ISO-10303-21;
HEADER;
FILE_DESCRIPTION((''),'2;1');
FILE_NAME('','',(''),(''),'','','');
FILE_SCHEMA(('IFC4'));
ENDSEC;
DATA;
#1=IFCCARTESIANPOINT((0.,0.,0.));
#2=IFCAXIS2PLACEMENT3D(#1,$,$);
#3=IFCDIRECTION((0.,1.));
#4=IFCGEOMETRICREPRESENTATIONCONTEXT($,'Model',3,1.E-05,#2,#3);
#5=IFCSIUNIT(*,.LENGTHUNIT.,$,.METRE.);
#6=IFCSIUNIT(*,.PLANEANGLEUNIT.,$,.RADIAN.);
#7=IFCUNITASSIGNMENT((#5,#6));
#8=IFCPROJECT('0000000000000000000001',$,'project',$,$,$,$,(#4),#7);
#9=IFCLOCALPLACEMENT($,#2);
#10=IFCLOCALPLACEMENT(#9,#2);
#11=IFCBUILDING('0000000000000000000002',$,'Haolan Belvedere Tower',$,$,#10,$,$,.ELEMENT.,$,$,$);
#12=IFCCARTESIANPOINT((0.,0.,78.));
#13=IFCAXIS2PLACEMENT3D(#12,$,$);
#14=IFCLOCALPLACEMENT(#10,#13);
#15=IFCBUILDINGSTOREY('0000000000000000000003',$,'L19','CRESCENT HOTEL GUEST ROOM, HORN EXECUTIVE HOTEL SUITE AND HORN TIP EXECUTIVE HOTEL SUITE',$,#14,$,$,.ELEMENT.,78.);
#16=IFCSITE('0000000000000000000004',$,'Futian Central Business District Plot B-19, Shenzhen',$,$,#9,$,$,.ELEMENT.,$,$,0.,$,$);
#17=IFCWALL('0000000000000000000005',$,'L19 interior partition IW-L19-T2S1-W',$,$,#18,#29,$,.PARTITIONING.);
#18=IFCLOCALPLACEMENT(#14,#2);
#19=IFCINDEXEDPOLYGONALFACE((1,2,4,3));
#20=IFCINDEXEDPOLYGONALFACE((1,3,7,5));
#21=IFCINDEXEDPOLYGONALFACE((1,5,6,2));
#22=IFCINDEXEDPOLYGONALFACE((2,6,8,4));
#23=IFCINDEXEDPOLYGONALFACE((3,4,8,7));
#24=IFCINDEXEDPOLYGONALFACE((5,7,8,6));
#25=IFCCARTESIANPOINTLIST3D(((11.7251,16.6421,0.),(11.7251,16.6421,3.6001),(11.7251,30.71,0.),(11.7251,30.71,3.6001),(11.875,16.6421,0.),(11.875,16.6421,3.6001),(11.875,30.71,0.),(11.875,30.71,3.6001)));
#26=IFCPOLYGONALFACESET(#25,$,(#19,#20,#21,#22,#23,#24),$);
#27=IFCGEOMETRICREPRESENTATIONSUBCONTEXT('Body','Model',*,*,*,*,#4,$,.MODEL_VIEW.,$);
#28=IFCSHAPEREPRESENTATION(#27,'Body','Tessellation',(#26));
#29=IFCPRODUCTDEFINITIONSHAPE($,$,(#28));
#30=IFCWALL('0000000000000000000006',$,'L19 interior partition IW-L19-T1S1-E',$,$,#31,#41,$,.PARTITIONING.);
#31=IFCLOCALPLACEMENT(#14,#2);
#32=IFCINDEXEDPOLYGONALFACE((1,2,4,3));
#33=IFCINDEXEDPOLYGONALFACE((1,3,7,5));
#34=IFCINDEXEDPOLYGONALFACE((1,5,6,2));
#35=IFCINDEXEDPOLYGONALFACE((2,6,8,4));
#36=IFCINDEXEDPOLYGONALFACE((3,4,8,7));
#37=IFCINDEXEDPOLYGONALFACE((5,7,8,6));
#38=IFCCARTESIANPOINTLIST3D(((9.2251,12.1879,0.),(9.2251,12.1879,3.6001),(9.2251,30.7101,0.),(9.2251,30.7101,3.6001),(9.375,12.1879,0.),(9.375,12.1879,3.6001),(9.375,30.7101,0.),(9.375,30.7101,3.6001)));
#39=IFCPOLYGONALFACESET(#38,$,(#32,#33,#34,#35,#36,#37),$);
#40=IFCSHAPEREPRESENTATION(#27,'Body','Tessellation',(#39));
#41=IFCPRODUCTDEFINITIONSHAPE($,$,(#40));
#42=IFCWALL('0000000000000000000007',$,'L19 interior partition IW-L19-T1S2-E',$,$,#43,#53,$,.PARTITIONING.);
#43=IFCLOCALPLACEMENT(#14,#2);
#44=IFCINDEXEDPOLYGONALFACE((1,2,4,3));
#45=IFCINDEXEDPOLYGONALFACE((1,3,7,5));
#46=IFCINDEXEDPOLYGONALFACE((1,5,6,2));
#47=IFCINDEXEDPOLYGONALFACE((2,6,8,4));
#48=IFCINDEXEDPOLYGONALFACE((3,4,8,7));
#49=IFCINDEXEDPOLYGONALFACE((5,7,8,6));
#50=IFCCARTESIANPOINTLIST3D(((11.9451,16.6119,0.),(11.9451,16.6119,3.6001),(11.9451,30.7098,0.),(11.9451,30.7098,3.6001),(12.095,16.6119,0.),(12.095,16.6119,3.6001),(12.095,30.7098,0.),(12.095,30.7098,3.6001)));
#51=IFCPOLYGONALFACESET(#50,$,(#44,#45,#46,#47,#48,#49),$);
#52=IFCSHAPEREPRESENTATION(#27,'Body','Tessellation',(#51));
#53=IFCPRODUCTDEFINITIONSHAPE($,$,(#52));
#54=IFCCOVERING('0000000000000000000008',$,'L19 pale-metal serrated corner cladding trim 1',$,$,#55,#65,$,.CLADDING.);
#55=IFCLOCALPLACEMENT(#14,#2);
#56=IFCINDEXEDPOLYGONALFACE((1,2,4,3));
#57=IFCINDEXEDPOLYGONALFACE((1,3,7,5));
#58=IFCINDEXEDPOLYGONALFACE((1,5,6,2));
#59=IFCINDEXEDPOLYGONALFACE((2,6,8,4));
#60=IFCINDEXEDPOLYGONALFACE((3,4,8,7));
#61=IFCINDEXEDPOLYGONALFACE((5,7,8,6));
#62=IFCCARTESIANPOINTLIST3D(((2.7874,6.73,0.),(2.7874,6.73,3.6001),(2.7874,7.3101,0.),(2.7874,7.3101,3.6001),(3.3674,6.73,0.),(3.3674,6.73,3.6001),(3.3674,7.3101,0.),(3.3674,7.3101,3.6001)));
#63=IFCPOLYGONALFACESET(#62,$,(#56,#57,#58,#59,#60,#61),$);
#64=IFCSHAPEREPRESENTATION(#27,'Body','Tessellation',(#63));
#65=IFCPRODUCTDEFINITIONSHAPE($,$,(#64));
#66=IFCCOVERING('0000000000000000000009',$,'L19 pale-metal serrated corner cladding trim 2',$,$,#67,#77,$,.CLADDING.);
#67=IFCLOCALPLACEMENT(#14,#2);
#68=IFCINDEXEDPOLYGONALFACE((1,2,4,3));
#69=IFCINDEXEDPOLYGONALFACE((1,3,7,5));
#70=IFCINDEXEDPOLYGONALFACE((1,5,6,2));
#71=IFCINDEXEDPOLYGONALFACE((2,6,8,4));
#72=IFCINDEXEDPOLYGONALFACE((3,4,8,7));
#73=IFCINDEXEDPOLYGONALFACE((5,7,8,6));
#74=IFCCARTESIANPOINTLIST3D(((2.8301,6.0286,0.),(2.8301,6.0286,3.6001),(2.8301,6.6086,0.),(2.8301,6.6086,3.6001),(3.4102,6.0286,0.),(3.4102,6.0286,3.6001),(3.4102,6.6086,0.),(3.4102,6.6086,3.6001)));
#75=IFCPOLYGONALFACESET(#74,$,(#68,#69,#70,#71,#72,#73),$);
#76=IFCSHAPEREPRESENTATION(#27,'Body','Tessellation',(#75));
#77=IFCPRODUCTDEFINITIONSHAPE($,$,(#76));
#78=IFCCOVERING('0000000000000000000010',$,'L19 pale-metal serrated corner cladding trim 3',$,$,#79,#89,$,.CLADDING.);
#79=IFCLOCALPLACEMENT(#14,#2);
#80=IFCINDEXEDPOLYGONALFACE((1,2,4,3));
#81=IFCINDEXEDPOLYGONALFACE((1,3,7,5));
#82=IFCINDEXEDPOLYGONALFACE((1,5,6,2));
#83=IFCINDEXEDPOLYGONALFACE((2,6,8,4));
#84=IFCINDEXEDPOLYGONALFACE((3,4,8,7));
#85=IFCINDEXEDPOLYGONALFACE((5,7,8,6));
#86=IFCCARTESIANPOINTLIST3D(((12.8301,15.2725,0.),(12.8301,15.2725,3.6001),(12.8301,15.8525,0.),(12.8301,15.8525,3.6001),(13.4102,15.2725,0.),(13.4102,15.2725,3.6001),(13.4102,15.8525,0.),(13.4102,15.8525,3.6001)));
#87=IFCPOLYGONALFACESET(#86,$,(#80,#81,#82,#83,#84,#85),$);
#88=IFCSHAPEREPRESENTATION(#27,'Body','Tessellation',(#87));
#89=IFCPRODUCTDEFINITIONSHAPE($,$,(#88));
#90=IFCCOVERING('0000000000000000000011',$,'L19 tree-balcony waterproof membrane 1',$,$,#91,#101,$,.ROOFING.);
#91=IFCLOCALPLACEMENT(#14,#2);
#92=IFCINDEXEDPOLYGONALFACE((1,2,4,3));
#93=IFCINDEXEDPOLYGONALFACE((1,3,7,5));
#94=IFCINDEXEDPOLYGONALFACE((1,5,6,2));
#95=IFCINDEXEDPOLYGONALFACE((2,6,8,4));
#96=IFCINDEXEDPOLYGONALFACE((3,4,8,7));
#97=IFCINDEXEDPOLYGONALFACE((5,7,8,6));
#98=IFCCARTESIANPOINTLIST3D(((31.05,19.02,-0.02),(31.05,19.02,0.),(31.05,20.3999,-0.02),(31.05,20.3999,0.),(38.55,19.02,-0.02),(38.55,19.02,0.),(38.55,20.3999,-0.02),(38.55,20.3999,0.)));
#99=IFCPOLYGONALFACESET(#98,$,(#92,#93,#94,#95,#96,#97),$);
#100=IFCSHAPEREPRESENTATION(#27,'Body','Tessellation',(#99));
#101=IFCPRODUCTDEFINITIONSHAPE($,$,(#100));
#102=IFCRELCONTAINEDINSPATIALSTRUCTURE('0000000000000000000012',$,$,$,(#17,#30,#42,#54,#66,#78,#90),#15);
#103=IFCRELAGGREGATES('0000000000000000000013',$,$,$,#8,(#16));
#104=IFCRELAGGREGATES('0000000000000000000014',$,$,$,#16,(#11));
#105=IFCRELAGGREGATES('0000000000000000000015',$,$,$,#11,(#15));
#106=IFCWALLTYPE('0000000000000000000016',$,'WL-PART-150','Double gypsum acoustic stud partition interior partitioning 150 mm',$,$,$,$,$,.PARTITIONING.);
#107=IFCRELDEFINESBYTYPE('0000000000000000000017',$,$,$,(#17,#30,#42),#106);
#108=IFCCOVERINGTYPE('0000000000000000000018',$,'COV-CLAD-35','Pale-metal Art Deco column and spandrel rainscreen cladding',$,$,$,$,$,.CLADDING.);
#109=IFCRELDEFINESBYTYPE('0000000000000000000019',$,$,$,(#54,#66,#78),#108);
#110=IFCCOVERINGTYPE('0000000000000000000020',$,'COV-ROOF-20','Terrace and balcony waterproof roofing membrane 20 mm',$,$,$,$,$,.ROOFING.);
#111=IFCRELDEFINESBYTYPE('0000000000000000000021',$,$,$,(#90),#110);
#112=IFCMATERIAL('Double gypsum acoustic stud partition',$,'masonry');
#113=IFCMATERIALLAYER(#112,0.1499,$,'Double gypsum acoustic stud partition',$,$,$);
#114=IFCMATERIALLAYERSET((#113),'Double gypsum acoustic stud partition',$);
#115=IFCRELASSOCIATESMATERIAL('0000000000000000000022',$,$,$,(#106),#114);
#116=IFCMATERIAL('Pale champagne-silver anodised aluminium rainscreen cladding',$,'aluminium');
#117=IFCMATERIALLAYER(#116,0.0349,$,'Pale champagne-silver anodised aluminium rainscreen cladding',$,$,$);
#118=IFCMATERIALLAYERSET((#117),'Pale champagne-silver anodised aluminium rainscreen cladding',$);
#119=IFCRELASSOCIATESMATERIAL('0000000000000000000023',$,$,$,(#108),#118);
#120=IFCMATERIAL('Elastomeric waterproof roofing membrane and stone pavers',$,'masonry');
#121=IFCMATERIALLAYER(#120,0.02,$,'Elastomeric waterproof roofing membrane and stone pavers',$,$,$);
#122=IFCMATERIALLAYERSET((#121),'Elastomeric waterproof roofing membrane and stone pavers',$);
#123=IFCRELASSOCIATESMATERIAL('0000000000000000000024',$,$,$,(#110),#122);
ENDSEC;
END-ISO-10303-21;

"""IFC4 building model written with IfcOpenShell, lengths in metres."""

from ifc_helpers import new_model, si_unit, direction, frame, frame_2d, origin, origin_2d, place, context, subcontext, project, spatial, polyline, rectangle, outline, extrude, material, layer, layer_set, type_object, element, save


model = new_model("IFC4")

# Units and contexts
model_context = context("Model", 3, precision=1e-05, world=origin(), true_north=direction((0.0, 1.0)))
body_context = subcontext(model_context, "Body", "Model", "MODEL_VIEW")
ifc_project = project(units=[si_unit("LENGTHUNIT", "METRE"), si_unit("PLANEANGLEUNIT", "RADIAN")], contexts=[model_context])

# Site, building, storey
site_placement = place(None, origin())
site = spatial("IfcSite", under=ifc_project, at=site_placement, Name="Futian Central Business District Plot B-19, Shenzhen", CompositionType="ELEMENT", RefElevation=0.0)
building_placement = place(site_placement, origin())
building = spatial("IfcBuilding", under=site, at=building_placement, Name="Haolan Belvedere Tower", CompositionType="ELEMENT")
storey_placement = place(building_placement, frame((0.0, 0.0, 78.0)))
storey = spatial("IfcBuildingStorey", under=building, at=storey_placement, Name="L19", Description="CRESCENT HOTEL GUEST ROOM, HORN EXECUTIVE HOTEL SUITE AND HORN TIP EXECUTIVE HOTEL SUITE", CompositionType="ELEMENT", Elevation=78.0)

# Walls
ifc_material_1 = material(Name="Double gypsum acoustic stud partition", Category="masonry")
ifc_layer_1 = layer(ifc_material_1, 0.1499, Name="Double gypsum acoustic stud partition")
ifc_layer_set_1 = layer_set([ifc_layer_1], Name="Double gypsum acoustic stud partition")
wall_type_1 = type_object("IfcWallType", Name="WL-PART-150", Description="Double gypsum acoustic stud partition interior partitioning 150 mm", PredefinedType="PARTITIONING", material=ifc_layer_set_1)
wall_1_placement = place(storey_placement, frame((11.8, 16.6421, 0.0), z_axis=(0.0, 0.0, 1.0), x_axis=(0.0, 1.0, 0.0)))
element("IfcWall", 1, at=wall_1_placement, inside=storey, type_object=wall_type_1, Name="L19 interior partition IW-L19-T2S1-W", PredefinedType="PARTITIONING", context=body_context, shape_type="SweptSolid", body=[
    extrude(rectangle(XDim=14.0679, YDim=0.1499, at=frame_2d((7.0339, 0.0))), origin(), (0.0, 0.0, 1.0), 3.6001),
])
wall_2_placement = place(storey_placement, frame((9.3, 12.1877, 0.0), z_axis=(0.0, 0.0, 1.0), x_axis=(0.0, 1.0, 0.0)))
element("IfcWall", 2, at=wall_2_placement, inside=storey, type_object=wall_type_1, Name="L19 interior partition IW-L19-T1S1-E", PredefinedType="PARTITIONING", context=body_context, shape_type="SweptSolid", body=[
    extrude(rectangle(XDim=18.5222, YDim=0.1499, at=frame_2d((9.2612, 0.0))), origin(), (0.0, 0.0, 1.0), 3.6001),
])
wall_3_placement = place(storey_placement, frame((12.02, 16.6121, 0.0), z_axis=(0.0, 0.0, 1.0), x_axis=(0.0, 1.0, 0.0)))
element("IfcWall", 3, at=wall_3_placement, inside=storey, type_object=wall_type_1, Name="L19 interior partition IW-L19-T1S2-E", PredefinedType="PARTITIONING", context=body_context, shape_type="SweptSolid", body=[
    extrude(rectangle(XDim=14.0979, YDim=0.1499, at=frame_2d((7.0488, 0.0))), origin(), (0.0, 0.0, 1.0), 3.6001),
])

# Coverings
ifc_material_2 = material(Name="Pale champagne-silver anodised aluminium rainscreen cladding", Category="aluminium")
ifc_layer_2 = layer(ifc_material_2, 0.0349, Name="Pale champagne-silver anodised aluminium rainscreen cladding")
ifc_layer_set_2 = layer_set([ifc_layer_2], Name="Pale champagne-silver anodised aluminium rainscreen cladding")
covering_type_1 = type_object("IfcCoveringType", Name="COV-CLAD-35", Description="Pale-metal Art Deco column and spandrel rainscreen cladding", PredefinedType="CLADDING", material=ifc_layer_set_2)
for number, where, z_axis, x_axis, name in (
    (4, (3.0774, 7.02, 0.0), (0.0, 0.0, 1.0), (1.0, 0.0, 0.0), "L19 pale-metal serrated corner cladding trim 1"),
    (5, (3.1201, 6.3186, 0.0), (0.0, 0.0, 1.0), (1.0, 0.0, 0.0), "L19 pale-metal serrated corner cladding trim 2"),
    (6, (13.1201, 15.5625, 0.0), (0.0, 0.0, 1.0), (1.0, 0.0, 0.0), "L19 pale-metal serrated corner cladding trim 3"),
):
    element("IfcCovering", number, at=place(storey_placement, frame(where, z_axis=z_axis, x_axis=x_axis)), inside=storey, type_object=covering_type_1, Name=name, PredefinedType="CLADDING", context=body_context, shape_type="SweptSolid", body=[
        extrude(rectangle(XDim=0.5801, YDim=0.5801, at=origin_2d()), origin(), (0.0, 0.0, 1.0), 3.6001),
    ])
ifc_material_3 = material(Name="Elastomeric waterproof roofing membrane and stone pavers", Category="masonry")
ifc_layer_3 = layer(ifc_material_3, 0.02, Name="Elastomeric waterproof roofing membrane and stone pavers")
ifc_layer_set_3 = layer_set([ifc_layer_3], Name="Elastomeric waterproof roofing membrane and stone pavers")
covering_type_2 = type_object("IfcCoveringType", Name="COV-ROOF-20", Description="Terrace and balcony waterproof roofing membrane 20 mm", PredefinedType="ROOFING", material=ifc_layer_set_3)
covering_placement = place(storey_placement, frame((0.0, 0.0, -0.02)))
element("IfcCovering", 7, at=covering_placement, inside=storey, type_object=covering_type_2, Name="L19 tree-balcony waterproof membrane 1", PredefinedType="ROOFING", context=body_context, shape_type="SweptSolid", body=[
    extrude(outline(polyline([(31.05, 19.02), (38.55, 19.02), (38.55, 20.3999), (31.05, 20.3999), (31.05, 19.02)])), origin(), (0.0, 0.0, 1.0), 0.02),
])

save(model, "model.ifc")
